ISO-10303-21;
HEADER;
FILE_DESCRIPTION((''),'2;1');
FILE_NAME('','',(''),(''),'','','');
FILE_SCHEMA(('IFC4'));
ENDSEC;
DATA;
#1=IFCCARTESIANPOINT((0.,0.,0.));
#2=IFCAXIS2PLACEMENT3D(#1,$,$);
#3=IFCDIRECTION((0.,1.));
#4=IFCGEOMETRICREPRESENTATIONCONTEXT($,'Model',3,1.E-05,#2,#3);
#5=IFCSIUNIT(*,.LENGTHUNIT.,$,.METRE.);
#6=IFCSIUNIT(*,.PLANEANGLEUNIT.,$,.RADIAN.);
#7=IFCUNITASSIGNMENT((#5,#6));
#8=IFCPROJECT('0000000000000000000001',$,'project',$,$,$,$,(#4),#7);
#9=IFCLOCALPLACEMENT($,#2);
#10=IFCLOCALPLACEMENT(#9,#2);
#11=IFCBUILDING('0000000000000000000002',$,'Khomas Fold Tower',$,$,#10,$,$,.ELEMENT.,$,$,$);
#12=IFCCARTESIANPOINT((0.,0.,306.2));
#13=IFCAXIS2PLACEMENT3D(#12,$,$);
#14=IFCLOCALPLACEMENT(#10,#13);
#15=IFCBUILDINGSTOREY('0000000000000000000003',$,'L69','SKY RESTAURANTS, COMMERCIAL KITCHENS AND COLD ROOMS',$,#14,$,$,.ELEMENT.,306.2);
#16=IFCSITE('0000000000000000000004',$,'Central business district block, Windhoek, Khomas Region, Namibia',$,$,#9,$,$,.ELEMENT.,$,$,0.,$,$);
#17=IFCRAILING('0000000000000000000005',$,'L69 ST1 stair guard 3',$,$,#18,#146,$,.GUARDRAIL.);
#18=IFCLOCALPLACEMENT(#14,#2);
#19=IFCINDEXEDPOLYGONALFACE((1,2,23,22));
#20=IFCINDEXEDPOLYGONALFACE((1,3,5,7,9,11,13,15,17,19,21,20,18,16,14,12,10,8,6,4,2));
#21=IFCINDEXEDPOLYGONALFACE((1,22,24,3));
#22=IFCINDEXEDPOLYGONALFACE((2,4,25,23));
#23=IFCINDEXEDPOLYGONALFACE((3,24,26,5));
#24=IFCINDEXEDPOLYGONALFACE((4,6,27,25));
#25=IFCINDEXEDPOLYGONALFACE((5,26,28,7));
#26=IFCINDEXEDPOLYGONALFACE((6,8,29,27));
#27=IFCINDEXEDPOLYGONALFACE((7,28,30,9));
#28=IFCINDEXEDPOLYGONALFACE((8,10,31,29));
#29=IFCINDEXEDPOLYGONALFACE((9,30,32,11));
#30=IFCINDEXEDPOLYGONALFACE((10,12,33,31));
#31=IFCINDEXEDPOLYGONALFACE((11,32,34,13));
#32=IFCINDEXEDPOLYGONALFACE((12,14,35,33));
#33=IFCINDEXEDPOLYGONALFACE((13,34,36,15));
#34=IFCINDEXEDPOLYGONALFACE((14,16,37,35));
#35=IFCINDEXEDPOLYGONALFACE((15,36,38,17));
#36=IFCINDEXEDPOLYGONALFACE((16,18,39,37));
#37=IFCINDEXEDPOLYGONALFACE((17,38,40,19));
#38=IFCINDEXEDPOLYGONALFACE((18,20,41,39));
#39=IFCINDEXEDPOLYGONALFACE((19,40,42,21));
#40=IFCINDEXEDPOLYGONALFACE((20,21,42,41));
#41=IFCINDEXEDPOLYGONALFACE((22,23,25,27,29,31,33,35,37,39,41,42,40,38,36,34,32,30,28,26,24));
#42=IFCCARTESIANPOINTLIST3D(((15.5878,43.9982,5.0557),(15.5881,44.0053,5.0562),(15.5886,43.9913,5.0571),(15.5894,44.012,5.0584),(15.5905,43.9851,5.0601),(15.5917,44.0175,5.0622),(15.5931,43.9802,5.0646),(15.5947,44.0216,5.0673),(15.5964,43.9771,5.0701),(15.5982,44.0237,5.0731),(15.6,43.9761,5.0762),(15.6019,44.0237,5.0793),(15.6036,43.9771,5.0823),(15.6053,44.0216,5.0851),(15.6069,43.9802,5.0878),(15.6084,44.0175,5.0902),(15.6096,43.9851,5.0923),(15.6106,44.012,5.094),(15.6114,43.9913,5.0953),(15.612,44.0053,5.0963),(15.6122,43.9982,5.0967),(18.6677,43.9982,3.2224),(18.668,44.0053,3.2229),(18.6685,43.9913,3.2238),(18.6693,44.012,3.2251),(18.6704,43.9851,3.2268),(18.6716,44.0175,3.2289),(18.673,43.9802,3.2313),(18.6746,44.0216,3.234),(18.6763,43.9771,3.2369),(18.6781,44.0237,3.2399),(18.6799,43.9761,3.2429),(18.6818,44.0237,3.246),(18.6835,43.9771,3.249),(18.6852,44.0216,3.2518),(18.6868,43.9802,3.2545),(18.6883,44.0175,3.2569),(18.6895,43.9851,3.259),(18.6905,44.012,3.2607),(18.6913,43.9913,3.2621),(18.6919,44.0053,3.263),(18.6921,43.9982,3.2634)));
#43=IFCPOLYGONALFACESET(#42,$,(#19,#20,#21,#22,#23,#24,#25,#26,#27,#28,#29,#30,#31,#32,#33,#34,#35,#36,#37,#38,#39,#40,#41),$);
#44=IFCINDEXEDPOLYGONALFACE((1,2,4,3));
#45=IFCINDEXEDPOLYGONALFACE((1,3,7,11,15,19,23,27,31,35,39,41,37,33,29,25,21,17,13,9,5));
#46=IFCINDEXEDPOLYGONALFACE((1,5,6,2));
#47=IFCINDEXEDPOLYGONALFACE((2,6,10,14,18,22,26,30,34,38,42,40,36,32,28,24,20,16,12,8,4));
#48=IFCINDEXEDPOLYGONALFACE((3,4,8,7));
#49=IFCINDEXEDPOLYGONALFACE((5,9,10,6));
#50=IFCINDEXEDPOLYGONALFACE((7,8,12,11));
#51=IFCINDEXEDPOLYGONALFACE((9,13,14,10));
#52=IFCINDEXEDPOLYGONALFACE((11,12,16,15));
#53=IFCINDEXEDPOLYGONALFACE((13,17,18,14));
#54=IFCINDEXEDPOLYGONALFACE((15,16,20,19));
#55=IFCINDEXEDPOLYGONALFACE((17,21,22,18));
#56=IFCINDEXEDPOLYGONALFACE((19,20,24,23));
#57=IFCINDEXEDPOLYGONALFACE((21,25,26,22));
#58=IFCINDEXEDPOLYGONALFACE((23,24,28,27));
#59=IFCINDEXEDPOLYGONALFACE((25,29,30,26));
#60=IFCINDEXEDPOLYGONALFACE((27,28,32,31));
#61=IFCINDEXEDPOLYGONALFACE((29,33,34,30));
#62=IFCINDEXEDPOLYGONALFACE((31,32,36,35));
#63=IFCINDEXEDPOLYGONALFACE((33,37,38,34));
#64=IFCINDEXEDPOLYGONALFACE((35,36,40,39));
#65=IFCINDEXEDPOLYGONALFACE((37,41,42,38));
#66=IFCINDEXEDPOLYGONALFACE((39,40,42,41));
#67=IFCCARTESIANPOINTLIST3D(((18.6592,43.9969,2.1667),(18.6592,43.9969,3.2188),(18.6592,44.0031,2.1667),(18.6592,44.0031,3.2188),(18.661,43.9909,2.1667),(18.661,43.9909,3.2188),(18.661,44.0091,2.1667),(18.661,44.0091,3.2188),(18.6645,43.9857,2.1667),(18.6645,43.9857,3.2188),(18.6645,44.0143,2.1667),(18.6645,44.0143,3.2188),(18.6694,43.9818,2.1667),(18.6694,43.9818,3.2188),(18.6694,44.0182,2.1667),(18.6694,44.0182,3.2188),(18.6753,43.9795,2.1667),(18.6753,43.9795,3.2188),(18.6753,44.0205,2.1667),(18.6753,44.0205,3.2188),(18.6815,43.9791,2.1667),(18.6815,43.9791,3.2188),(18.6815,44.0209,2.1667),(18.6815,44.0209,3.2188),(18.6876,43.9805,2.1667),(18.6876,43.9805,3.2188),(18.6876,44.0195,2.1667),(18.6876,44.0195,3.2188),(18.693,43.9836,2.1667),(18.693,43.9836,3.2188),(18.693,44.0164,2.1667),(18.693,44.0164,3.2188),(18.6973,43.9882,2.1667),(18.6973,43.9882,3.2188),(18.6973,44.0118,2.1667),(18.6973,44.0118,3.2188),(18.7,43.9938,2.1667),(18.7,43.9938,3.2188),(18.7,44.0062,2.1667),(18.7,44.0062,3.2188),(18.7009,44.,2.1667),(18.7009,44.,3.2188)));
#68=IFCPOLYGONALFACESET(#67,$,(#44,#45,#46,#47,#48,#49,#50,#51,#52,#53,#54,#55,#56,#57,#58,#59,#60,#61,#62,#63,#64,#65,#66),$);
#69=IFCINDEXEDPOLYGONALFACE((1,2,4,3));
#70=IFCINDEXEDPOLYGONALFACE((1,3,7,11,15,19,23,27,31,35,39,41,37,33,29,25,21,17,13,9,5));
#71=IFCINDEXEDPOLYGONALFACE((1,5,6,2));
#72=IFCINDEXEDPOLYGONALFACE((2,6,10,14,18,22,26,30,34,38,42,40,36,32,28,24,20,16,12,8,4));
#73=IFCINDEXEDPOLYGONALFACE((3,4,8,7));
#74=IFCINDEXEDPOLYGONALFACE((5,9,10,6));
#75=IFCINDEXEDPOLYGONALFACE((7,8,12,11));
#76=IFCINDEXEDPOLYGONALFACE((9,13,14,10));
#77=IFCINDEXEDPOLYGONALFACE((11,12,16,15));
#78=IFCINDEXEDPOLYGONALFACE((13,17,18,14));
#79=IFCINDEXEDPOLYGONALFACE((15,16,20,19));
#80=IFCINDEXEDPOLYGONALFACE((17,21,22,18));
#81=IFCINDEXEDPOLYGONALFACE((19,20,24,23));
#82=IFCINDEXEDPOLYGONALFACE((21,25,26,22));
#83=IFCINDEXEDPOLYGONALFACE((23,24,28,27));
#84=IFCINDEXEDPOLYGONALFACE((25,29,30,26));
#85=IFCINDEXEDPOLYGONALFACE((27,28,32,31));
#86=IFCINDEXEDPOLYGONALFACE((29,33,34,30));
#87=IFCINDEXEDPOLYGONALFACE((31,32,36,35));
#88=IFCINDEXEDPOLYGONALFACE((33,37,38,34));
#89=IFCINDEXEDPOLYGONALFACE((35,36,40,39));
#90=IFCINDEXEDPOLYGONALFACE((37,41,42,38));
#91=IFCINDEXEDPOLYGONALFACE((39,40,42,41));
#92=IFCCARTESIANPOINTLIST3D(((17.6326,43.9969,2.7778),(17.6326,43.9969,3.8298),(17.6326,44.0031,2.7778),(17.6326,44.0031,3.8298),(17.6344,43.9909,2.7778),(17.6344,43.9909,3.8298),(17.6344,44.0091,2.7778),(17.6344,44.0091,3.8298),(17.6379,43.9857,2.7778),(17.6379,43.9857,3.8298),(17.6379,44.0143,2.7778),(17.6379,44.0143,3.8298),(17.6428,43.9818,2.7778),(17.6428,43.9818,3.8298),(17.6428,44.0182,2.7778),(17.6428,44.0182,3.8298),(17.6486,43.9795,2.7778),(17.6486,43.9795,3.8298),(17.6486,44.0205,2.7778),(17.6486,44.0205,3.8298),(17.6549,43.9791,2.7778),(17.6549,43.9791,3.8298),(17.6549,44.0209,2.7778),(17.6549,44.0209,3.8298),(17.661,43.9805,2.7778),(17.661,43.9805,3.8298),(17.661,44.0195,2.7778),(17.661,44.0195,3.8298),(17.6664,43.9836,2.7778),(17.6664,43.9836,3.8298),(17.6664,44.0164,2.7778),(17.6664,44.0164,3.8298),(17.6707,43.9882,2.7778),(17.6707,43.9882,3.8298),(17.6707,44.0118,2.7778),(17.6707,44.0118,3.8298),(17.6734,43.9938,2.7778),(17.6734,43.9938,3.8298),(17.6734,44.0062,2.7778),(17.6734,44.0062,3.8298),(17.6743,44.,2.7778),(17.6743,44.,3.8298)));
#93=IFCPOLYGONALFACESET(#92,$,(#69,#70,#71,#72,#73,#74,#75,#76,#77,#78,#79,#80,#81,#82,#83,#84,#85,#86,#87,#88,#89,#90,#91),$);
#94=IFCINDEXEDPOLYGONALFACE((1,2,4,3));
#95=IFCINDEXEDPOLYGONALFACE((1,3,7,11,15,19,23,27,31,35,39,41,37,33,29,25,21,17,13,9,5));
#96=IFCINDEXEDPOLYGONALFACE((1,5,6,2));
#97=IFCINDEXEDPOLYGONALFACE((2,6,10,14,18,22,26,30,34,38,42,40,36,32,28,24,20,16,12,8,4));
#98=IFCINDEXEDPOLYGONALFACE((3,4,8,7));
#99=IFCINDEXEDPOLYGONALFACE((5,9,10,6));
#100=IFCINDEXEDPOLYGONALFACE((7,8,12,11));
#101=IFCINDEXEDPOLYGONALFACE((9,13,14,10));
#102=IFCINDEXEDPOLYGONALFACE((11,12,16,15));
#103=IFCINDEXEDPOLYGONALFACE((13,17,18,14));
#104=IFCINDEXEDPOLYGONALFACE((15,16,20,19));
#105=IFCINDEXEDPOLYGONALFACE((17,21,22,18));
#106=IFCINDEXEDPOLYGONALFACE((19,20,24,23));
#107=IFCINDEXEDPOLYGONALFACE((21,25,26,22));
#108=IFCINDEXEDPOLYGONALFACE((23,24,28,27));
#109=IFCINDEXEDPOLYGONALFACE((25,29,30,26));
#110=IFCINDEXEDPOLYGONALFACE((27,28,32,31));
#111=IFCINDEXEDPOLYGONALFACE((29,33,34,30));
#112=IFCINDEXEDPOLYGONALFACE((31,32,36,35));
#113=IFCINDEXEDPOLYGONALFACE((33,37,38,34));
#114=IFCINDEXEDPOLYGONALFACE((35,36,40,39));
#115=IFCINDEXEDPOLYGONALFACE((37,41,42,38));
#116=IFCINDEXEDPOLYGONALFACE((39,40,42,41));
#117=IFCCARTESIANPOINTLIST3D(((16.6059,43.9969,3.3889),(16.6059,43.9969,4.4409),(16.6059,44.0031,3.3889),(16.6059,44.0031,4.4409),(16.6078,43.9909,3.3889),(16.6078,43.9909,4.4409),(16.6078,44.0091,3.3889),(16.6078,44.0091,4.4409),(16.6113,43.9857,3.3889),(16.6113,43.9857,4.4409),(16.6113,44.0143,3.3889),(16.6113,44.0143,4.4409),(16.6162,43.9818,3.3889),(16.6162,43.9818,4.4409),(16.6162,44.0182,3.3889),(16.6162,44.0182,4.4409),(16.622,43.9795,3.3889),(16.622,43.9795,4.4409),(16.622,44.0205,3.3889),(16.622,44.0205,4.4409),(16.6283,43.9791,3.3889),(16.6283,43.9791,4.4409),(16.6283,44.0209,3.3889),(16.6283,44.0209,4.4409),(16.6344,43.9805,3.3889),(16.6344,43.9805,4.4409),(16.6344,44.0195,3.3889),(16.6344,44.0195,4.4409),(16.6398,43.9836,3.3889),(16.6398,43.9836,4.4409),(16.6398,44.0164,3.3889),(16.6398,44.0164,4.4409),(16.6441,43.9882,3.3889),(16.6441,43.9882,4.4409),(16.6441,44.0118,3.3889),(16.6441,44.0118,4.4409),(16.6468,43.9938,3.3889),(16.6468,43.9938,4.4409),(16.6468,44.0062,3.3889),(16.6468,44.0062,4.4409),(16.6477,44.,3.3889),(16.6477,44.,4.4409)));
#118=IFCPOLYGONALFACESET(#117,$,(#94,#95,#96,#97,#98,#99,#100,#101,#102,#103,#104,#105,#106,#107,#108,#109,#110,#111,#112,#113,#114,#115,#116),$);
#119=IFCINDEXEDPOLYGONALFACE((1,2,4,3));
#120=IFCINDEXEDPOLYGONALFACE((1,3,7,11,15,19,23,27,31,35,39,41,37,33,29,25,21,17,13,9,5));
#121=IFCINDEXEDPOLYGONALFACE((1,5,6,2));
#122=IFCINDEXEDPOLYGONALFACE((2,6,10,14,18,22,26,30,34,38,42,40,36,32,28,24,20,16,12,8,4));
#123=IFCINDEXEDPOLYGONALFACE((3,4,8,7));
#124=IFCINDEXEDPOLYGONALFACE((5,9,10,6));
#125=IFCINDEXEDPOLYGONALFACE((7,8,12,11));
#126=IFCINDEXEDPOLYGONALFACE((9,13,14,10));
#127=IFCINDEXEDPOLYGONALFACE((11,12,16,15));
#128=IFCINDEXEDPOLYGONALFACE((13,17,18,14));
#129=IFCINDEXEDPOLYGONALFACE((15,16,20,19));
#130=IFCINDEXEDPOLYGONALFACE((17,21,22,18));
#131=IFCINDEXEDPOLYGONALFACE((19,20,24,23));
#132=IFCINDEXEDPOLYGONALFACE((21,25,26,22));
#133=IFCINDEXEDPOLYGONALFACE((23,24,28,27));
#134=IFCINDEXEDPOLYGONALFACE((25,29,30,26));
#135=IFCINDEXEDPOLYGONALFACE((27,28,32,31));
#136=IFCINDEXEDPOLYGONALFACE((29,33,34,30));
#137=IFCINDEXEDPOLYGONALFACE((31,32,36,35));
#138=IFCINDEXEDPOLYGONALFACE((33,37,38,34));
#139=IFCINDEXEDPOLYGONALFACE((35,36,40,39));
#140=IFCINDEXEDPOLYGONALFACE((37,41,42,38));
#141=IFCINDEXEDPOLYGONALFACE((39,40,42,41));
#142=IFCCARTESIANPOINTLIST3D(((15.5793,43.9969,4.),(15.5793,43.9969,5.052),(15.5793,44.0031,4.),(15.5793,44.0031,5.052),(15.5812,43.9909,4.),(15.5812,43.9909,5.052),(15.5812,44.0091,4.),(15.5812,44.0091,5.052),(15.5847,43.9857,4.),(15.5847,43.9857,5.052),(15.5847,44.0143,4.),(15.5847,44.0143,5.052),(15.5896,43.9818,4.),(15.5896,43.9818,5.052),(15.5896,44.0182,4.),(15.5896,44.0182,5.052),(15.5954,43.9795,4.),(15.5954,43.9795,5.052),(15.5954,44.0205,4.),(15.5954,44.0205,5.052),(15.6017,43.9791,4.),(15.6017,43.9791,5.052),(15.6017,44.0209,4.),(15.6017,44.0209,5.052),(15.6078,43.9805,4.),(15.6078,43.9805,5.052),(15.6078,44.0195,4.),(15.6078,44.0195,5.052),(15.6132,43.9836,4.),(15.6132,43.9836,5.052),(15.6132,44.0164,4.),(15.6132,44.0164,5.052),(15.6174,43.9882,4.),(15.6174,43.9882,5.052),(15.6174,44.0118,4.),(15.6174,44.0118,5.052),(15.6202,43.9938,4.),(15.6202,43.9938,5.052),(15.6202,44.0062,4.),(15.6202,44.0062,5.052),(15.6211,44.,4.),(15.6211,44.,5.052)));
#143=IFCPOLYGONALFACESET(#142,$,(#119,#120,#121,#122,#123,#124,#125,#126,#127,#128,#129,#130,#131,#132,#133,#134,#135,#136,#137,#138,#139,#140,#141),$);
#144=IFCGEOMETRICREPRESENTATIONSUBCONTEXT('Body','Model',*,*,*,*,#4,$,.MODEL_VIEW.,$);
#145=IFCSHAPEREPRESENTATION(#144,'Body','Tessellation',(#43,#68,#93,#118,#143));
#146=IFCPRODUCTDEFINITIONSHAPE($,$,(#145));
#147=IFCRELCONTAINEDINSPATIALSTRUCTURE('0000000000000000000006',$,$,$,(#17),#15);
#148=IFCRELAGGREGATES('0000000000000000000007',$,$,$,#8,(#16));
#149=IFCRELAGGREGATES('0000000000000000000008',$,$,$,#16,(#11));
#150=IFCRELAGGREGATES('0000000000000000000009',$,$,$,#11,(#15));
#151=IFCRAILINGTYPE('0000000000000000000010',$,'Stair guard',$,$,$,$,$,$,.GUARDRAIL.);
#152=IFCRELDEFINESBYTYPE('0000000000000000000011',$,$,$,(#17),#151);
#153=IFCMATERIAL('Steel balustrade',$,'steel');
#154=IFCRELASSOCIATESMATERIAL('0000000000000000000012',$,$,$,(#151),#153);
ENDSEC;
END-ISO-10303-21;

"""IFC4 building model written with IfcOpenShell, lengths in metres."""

from ifc_helpers import new_model, si_unit, direction, frame, origin, origin_2d, place, context, subcontext, project, spatial, circle, extrude, source, transform, mapped, material, type_object, element, save


model = new_model("IFC4")

# Units and contexts
model_context = context("Model", 3, precision=1e-05, world=origin(), true_north=direction((0.0, 1.0)))
body_context = subcontext(model_context, "Body", "Model", "MODEL_VIEW")
ifc_project = project(units=[si_unit("LENGTHUNIT", "METRE"), si_unit("PLANEANGLEUNIT", "RADIAN")], contexts=[model_context])

# Site, building, storey
site_placement = place(None, origin())
site = spatial("IfcSite", under=ifc_project, at=site_placement, Name="Central business district block, Windhoek, Khomas Region, Namibia", CompositionType="ELEMENT", RefElevation=0.0)
building_placement = place(site_placement, origin())
building = spatial("IfcBuilding", under=site, at=building_placement, Name="Khomas Fold Tower", CompositionType="ELEMENT")
storey_placement = place(building_placement, frame((0.0, 0.0, 306.2)))
storey = spatial("IfcBuildingStorey", under=building, at=storey_placement, Name="L69", Description="SKY RESTAURANTS, COMMERCIAL KITCHENS AND COLD ROOMS", CompositionType="ELEMENT", Elevation=306.2)

# Railing
ifc_material_1 = material(Name="Steel balustrade", Category="steel")
railing_type_1 = type_object("IfcRailingType", Name="Stair guard", PredefinedType="GUARDRAIL", material=ifc_material_1)
shared_shape_1 = source(origin(), body_context, "Body", "SweptSolid", [
    extrude(circle(Radius=0.0239, at=origin_2d()), frame((0.0, 0.0, 1.0762), z_axis=(-0.859291, 0.0, 0.511487), x_axis=(0.0, -1.0, 0.0)), (0.0, 0.0, 1.0), 3.5842),
    extrude(circle(Radius=0.021, at=origin_2d()), origin(), (0.0, 0.0, 1.0), 1.052),
    extrude(circle(Radius=0.021, at=origin_2d()), frame((-1.0266, 0.0, 0.6111)), (0.0, 0.0, 1.0), 1.052),
    extrude(circle(Radius=0.021, at=origin_2d()), frame((-2.0532, 0.0, 1.2222)), (0.0, 0.0, 1.0), 1.052),
    extrude(circle(Radius=0.021, at=origin_2d()), frame((-3.0798, 0.0, 1.8333)), (0.0, 0.0, 1.0), 1.052),
])
railing_1_placement = place(storey_placement, frame((18.6799, 44.0, 2.1667)))
element("IfcRailing", 1, at=railing_1_placement, inside=storey, type_object=railing_type_1, Name="L69 ST1 stair guard 3", PredefinedType="GUARDRAIL", context=body_context, shape_type="MappedRepresentation", body=[
    mapped(shared_shape_1, transform((0.0, 0.0, 0.0))),
])

save(model, "model.ifc")
